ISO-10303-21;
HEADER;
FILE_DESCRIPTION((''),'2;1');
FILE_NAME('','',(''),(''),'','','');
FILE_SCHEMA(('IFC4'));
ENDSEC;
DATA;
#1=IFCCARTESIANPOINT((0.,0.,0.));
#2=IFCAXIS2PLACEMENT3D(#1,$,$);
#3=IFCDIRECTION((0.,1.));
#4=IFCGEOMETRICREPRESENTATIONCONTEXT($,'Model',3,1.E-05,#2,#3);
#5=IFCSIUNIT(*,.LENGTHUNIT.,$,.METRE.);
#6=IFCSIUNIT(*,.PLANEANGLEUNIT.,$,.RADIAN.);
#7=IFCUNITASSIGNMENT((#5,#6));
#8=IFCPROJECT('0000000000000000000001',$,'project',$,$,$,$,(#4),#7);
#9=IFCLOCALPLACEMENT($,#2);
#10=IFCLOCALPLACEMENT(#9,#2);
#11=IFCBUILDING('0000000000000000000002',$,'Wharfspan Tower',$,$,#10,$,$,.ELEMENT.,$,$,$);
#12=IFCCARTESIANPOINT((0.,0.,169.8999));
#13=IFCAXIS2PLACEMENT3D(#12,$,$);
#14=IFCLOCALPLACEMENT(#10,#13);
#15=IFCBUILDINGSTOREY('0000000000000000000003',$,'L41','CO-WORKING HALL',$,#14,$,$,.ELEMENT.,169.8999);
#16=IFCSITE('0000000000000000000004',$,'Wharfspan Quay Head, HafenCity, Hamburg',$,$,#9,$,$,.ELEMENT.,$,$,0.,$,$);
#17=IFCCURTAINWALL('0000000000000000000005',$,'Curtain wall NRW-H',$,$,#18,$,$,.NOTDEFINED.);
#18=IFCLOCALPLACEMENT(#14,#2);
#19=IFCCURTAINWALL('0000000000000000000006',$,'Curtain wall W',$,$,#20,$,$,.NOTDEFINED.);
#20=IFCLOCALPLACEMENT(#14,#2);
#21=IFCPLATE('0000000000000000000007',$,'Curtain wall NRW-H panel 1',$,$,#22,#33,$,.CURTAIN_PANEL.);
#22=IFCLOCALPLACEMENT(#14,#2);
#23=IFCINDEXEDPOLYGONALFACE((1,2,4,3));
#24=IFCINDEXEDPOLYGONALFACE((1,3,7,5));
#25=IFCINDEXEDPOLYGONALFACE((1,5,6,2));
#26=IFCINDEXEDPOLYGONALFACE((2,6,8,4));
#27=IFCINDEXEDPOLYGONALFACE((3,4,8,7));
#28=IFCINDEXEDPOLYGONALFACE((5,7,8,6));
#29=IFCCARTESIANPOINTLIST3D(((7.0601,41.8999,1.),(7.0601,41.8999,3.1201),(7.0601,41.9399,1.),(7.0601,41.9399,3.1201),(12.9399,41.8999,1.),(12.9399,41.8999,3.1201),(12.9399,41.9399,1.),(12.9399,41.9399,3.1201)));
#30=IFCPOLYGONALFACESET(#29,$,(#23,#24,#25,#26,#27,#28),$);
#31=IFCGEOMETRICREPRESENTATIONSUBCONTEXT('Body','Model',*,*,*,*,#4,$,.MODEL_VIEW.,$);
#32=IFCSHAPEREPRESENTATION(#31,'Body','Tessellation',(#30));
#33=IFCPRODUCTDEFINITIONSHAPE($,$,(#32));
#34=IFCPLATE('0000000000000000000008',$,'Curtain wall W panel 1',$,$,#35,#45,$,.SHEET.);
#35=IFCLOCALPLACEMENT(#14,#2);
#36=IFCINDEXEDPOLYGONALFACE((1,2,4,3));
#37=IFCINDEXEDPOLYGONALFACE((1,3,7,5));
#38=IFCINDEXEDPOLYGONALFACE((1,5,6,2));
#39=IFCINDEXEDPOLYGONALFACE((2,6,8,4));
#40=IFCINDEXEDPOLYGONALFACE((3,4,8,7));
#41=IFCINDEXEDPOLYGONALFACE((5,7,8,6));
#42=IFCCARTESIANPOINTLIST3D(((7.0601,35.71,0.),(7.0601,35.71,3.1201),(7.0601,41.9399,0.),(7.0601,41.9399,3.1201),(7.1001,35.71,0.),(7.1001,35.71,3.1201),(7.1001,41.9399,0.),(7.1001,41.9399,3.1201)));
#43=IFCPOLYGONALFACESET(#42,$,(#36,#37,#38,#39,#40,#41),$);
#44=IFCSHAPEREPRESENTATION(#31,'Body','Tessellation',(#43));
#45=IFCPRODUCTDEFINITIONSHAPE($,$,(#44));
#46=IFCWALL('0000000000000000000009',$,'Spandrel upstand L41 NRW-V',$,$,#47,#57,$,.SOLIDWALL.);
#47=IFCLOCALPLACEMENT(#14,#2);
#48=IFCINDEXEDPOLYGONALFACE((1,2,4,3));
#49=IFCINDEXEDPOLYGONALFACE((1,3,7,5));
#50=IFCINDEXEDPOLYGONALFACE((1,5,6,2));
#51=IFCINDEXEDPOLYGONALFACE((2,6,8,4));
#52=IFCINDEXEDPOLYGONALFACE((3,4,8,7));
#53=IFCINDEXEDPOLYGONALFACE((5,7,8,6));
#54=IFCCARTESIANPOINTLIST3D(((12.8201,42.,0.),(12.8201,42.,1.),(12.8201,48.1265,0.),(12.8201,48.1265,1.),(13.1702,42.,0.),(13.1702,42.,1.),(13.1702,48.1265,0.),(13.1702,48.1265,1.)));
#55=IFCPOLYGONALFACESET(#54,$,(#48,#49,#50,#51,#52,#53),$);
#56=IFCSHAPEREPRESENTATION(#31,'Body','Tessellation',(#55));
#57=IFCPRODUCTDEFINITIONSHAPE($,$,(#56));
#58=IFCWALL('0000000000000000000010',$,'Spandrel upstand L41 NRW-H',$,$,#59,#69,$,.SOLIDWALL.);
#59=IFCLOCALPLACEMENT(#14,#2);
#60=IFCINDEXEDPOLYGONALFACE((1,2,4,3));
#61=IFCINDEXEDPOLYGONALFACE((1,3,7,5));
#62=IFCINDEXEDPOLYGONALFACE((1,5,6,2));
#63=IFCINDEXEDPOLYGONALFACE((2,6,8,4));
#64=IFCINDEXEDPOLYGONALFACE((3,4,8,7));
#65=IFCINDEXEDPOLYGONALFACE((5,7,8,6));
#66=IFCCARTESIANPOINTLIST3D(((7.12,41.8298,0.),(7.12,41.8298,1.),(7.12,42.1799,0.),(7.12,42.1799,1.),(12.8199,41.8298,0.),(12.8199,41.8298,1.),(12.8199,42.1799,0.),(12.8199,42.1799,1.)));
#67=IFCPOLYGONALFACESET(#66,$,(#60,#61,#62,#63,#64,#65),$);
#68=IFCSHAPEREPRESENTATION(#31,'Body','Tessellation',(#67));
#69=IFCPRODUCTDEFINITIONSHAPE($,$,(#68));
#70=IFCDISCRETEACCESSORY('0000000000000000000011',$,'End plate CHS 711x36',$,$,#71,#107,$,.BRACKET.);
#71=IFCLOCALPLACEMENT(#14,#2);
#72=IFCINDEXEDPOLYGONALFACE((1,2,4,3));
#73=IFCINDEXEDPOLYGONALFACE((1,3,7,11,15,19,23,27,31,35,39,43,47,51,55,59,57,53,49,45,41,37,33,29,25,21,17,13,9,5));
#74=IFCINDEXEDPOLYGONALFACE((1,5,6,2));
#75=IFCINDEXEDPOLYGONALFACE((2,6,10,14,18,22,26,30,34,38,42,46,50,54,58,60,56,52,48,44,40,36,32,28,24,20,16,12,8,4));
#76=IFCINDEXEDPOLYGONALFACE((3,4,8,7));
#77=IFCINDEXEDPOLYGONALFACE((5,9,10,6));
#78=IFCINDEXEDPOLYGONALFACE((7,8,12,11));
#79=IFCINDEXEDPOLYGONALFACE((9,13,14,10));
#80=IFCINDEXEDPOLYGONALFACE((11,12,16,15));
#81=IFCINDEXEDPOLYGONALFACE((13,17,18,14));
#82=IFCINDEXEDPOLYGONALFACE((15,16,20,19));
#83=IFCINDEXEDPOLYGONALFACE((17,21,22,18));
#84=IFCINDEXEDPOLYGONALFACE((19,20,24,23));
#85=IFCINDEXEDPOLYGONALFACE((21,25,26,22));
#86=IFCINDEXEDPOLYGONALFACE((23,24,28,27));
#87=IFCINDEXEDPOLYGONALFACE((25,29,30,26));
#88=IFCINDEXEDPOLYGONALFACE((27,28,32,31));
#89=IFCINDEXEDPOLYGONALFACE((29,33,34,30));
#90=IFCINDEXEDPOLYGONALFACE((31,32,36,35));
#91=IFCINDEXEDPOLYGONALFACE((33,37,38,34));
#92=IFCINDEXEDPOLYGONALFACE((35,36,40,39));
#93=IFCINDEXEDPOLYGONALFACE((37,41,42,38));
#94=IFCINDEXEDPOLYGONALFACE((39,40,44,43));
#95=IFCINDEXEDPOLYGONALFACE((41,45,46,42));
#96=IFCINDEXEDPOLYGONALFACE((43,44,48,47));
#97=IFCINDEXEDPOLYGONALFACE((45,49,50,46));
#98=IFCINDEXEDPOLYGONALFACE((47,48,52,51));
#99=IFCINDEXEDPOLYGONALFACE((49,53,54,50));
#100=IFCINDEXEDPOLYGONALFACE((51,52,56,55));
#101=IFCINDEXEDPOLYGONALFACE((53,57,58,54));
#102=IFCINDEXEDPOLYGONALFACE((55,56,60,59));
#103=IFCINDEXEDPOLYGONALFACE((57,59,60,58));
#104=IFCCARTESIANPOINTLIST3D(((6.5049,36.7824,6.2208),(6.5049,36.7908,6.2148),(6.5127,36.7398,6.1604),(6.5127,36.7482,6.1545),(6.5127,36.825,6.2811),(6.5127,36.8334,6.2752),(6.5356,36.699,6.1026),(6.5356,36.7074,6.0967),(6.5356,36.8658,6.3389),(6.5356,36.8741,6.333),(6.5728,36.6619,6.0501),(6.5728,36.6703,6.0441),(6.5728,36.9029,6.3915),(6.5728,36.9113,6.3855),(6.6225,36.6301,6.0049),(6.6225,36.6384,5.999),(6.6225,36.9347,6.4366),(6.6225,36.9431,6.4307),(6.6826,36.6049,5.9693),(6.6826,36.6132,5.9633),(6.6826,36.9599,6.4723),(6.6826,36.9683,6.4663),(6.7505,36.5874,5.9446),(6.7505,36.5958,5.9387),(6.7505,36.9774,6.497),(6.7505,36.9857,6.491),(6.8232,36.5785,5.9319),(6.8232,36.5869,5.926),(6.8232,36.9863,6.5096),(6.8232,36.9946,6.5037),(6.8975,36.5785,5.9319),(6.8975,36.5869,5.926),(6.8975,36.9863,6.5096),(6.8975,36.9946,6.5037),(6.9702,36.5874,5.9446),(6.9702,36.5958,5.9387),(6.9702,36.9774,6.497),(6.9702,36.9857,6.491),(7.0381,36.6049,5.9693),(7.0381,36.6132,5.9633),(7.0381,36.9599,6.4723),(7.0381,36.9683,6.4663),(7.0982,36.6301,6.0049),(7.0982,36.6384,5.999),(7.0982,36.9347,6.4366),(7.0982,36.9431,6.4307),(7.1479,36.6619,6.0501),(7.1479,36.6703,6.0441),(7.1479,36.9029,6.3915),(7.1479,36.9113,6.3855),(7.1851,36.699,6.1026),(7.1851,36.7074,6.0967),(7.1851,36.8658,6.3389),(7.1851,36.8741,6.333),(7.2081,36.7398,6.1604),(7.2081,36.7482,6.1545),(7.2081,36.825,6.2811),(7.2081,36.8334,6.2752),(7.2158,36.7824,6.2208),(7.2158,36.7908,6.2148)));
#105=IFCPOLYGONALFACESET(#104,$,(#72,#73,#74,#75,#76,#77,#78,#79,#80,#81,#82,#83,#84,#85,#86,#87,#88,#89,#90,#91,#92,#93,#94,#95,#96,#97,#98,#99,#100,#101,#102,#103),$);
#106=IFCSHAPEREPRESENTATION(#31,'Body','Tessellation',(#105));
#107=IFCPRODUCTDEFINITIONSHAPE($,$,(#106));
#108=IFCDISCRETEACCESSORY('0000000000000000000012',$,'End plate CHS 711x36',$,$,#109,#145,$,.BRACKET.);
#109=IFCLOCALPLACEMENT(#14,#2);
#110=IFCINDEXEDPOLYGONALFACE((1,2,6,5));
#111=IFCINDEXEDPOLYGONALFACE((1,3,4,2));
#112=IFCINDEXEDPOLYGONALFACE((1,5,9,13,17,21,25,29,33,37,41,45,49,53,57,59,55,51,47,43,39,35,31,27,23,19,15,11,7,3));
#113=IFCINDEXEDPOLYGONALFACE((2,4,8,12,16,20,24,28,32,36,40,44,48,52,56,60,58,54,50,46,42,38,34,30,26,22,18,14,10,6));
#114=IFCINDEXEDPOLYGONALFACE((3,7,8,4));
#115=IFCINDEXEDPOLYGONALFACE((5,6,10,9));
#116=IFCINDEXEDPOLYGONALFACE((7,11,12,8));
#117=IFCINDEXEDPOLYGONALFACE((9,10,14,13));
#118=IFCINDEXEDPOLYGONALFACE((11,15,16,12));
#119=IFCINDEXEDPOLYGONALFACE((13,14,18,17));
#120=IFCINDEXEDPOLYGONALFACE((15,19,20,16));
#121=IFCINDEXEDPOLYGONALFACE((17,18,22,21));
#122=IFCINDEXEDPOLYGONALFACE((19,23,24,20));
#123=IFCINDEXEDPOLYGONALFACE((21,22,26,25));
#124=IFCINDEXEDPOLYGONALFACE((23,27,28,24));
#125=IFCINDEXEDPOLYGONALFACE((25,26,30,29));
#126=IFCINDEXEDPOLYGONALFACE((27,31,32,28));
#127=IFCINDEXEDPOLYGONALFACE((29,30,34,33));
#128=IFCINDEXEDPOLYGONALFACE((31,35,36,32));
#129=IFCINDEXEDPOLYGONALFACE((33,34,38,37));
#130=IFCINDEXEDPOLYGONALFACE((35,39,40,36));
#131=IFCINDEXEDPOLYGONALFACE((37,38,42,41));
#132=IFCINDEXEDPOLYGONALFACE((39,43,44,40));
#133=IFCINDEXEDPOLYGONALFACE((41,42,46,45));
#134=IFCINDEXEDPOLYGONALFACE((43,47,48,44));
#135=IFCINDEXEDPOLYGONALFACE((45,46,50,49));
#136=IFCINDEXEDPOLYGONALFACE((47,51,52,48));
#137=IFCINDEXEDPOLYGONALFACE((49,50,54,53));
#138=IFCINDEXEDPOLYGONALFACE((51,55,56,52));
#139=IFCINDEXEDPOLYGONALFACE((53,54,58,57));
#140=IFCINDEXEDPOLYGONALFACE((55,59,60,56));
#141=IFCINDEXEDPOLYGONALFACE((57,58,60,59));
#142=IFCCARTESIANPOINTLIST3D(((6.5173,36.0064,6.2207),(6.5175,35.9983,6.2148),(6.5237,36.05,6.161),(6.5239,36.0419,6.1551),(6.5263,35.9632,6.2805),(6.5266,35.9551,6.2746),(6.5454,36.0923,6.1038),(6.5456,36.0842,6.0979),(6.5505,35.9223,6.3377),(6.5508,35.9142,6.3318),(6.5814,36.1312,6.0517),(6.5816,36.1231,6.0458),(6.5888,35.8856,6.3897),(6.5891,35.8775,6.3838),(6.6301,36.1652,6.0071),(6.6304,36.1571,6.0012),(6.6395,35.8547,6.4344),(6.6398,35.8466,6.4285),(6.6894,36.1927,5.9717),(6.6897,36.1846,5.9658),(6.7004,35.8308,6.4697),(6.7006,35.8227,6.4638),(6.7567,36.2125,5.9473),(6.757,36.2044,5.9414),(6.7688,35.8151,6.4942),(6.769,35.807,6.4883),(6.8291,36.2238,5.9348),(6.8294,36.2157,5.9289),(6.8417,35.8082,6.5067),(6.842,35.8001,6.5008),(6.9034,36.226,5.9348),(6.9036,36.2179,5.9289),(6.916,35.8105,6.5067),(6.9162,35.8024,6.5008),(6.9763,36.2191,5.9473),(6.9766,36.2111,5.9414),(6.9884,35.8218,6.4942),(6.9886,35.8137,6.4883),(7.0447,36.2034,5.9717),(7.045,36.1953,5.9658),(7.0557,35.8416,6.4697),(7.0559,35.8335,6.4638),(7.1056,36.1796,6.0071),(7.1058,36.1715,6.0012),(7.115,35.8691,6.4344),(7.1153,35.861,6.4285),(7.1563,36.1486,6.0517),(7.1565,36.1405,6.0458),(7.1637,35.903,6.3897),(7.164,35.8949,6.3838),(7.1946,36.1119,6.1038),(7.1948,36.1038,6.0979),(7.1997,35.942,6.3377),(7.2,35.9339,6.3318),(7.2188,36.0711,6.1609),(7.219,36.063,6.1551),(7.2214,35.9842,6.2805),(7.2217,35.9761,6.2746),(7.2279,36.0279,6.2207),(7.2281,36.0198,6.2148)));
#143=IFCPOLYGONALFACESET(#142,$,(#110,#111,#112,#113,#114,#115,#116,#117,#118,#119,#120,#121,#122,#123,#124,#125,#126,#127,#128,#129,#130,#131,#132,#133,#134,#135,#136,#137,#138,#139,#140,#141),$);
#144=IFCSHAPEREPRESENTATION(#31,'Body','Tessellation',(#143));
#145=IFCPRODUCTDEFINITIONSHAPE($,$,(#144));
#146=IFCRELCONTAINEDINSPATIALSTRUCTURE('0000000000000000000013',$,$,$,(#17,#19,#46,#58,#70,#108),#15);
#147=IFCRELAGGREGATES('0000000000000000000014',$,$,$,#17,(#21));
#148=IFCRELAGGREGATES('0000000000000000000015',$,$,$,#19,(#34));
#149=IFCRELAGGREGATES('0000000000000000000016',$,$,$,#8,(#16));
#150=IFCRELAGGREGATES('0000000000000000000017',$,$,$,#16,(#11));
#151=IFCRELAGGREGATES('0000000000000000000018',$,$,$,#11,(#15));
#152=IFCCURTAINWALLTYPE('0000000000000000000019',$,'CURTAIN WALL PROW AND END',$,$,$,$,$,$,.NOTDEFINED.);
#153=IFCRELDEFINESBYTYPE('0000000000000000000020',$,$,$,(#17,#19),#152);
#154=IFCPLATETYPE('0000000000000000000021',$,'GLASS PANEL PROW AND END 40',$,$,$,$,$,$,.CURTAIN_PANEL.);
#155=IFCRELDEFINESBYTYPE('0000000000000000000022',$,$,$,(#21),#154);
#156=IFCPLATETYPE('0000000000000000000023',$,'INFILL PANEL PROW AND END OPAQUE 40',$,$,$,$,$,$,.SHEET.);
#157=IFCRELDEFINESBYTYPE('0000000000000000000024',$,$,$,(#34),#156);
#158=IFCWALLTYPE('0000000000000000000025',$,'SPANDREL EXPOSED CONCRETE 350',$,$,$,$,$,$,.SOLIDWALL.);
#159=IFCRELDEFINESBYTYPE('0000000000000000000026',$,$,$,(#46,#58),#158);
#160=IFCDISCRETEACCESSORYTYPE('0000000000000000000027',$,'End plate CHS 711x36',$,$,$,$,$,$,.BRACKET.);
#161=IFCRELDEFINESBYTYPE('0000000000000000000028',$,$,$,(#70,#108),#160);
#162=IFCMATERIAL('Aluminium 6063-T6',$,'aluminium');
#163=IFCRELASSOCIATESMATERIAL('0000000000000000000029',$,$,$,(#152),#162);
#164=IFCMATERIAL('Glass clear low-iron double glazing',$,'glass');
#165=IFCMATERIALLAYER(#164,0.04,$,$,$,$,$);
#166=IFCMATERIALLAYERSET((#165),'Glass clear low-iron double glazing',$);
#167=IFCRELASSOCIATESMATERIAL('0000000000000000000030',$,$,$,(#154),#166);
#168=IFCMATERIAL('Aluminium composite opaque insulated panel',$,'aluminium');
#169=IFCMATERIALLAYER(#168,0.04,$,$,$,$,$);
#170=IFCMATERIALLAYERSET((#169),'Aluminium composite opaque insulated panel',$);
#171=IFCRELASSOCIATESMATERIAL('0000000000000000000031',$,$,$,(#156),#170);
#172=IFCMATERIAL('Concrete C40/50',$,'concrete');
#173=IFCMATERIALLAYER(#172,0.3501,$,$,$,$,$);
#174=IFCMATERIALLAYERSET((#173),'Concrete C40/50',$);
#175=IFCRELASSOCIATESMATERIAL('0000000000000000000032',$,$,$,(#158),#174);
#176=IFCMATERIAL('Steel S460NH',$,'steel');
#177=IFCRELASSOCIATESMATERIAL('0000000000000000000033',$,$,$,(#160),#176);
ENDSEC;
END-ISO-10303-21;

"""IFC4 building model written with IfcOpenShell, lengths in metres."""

from ifc_helpers import new_model, si_unit, direction, frame, frame_2d, origin, origin_2d, place, context, subcontext, project, spatial, rectangle, circle, extrude, material, layer, layer_set, material_profile, profile_set, type_object, element, aggregate, save


model = new_model("IFC4")

# Units and contexts
model_context = context("Model", 3, precision=1e-05, world=origin(), true_north=direction((0.0, 1.0)))
body_context = subcontext(model_context, "Body", "Model", "MODEL_VIEW")
ifc_project = project(units=[si_unit("LENGTHUNIT", "METRE"), si_unit("PLANEANGLEUNIT", "RADIAN")], contexts=[model_context])

# Site, building, storey
site_placement = place(None, origin())
site = spatial("IfcSite", under=ifc_project, at=site_placement, Name="Wharfspan Quay Head, HafenCity, Hamburg", CompositionType="ELEMENT", RefElevation=0.0)
building_placement = place(site_placement, origin())
building = spatial("IfcBuilding", under=site, at=building_placement, Name="Wharfspan Tower", CompositionType="ELEMENT")
storey_placement = place(building_placement, frame((0.0, 0.0, 169.8999)))
storey = spatial("IfcBuildingStorey", under=building, at=storey_placement, Name="L41", Description="CO-WORKING HALL", CompositionType="ELEMENT", Elevation=169.8999)

# Curtain walls
ifc_material_1 = material(Name="Aluminium 6063-T6", Category="aluminium")
curtain_wall_type = type_object("IfcCurtainWallType", Name="CURTAIN WALL PROW AND END", PredefinedType="NOTDEFINED", material=ifc_material_1)
curtain_wall_1_placement = place(storey_placement, origin())
curtain_wall_1 = element("IfcCurtainWall", 1, at=curtain_wall_1_placement, inside=storey, type_object=curtain_wall_type, Name="Curtain wall NRW-H", PredefinedType="NOTDEFINED")
curtain_wall_2_placement = place(storey_placement, origin())
curtain_wall_2 = element("IfcCurtainWall", 2, at=curtain_wall_2_placement, inside=storey, type_object=curtain_wall_type, Name="Curtain wall W", PredefinedType="NOTDEFINED")

# Shared definitions
ifc_material_2 = material(Name="Steel S460NH", Category="steel")

# Plates
ifc_material_3 = material(Name="Glass clear low-iron double glazing", Category="glass")
ifc_layer_1 = layer(ifc_material_3, 0.04)
ifc_layer_set_1 = layer_set([ifc_layer_1], Name="Glass clear low-iron double glazing")
plate_type_1 = type_object("IfcPlateType", Name="GLASS PANEL PROW AND END 40", PredefinedType="CURTAIN_PANEL", material=ifc_layer_set_1)
plate_1_placement = place(storey_placement, frame((10.0, 41.9199, 1.0), z_axis=(0.0, 0.0, 1.0), x_axis=(-1.0, 0.0, 0.0)))
plate_1 = element("IfcPlate", 3, at=plate_1_placement, type_object=plate_type_1, Name="Curtain wall NRW-H panel 1", PredefinedType="CURTAIN_PANEL", context=body_context, shape_type="SweptSolid", body=[
    extrude(rectangle(XDim=5.8799, YDim=0.04, at=origin_2d()), origin(), (0.0, 0.0, 1.0), 2.1201),
])
aggregate(curtain_wall_1, [plate_1])
ifc_material_4 = material(Name="Aluminium composite opaque insulated panel", Category="aluminium")
ifc_layer_2 = layer(ifc_material_4, 0.04)
ifc_layer_set_2 = layer_set([ifc_layer_2], Name="Aluminium composite opaque insulated panel")
plate_type_2 = type_object("IfcPlateType", Name="INFILL PANEL PROW AND END OPAQUE 40", PredefinedType="SHEET", material=ifc_layer_set_2)
plate_2_placement = place(storey_placement, frame((7.0801, 38.825, 0.0), z_axis=(0.0, 0.0, 1.0), x_axis=(0.0, -1.0, 0.0)))
plate_2 = element("IfcPlate", 4, at=plate_2_placement, type_object=plate_type_2, Name="Curtain wall W panel 1", PredefinedType="SHEET", context=body_context, shape_type="SweptSolid", body=[
    extrude(rectangle(XDim=6.23, YDim=0.04, at=origin_2d()), origin(), (0.0, 0.0, 1.0), 3.1201),
])
aggregate(curtain_wall_2, [plate_2])

# Walls
ifc_material_5 = material(Name="Concrete C40/50", Category="concrete")
ifc_layer_3 = layer(ifc_material_5, 0.3501)
ifc_layer_set_3 = layer_set([ifc_layer_3], Name="Concrete C40/50")
wall_type = type_object("IfcWallType", Name="SPANDREL EXPOSED CONCRETE 350", PredefinedType="SOLIDWALL", material=ifc_layer_set_3)
wall_1_placement = place(storey_placement, frame((12.9951, 48.1265, 0.0), z_axis=(0.0, 0.0, 1.0), x_axis=(0.0, -1.0, 0.0)))
element("IfcWall", 5, at=wall_1_placement, inside=storey, type_object=wall_type, Name="Spandrel upstand L41 NRW-V", PredefinedType="SOLIDWALL", context=body_context, shape_type="SweptSolid", body=[
    extrude(rectangle(XDim=6.1265, YDim=0.3501, at=frame_2d((3.0632, 0.0))), origin(), (0.0, 0.0, 1.0), 1.0),
])
wall_2_placement = place(storey_placement, frame((12.8201, 42.0049, 0.0), z_axis=(0.0, 0.0, 1.0), x_axis=(-1.0, 0.0, 0.0)))
element("IfcWall", 6, at=wall_2_placement, inside=storey, type_object=wall_type, Name="Spandrel upstand L41 NRW-H", PredefinedType="SOLIDWALL", context=body_context, shape_type="SweptSolid", body=[
    extrude(rectangle(XDim=5.7, YDim=0.3501, at=frame_2d((2.8501, 0.0))), origin(), (0.0, 0.0, 1.0), 1.0),
])

# Discrete accessories
ifc_material_profile_1 = material_profile(ifc_material_2, circle(Radius=0.3555, at=origin_2d()))
ifc_profile_set_1 = profile_set([ifc_material_profile_1], Name="Steel S460NH")
discrete_accessory_type = type_object("IfcDiscreteAccessoryType", Name="End plate CHS 711x36", PredefinedType="BRACKET", material=ifc_profile_set_1)
discrete_accessory_1_placement = place(storey_placement, frame((6.8604, 36.7908, 6.2148), z_axis=(0.0, -0.816968, 0.576683), x_axis=(1.0, 0.0, 0.0)))
element("IfcDiscreteAccessory", 7, at=discrete_accessory_1_placement, inside=storey, type_object=discrete_accessory_type, Name="End plate CHS 711x36", PredefinedType="BRACKET", context=body_context, shape_type="SweptSolid", body=[
    extrude(circle(Radius=0.3555, at=origin_2d()), origin(), (0.0, 0.0, 1.0), 0.0103),
])
discrete_accessory_2_placement = place(storey_placement, frame((6.8728, 36.009, 6.2148), z_axis=(-0.0245, 0.808493, 0.587995), x_axis=(-0.999537, -0.03029, 0.000001)))
element("IfcDiscreteAccessory", 8, at=discrete_accessory_2_placement, inside=storey, type_object=discrete_accessory_type, Name="End plate CHS 711x36", PredefinedType="BRACKET", context=body_context, shape_type="SweptSolid", body=[
    extrude(circle(Radius=0.3555, at=origin_2d()), origin(), (0.0, 0.0, 1.0), 0.01),
])

save(model, "model.ifc")
